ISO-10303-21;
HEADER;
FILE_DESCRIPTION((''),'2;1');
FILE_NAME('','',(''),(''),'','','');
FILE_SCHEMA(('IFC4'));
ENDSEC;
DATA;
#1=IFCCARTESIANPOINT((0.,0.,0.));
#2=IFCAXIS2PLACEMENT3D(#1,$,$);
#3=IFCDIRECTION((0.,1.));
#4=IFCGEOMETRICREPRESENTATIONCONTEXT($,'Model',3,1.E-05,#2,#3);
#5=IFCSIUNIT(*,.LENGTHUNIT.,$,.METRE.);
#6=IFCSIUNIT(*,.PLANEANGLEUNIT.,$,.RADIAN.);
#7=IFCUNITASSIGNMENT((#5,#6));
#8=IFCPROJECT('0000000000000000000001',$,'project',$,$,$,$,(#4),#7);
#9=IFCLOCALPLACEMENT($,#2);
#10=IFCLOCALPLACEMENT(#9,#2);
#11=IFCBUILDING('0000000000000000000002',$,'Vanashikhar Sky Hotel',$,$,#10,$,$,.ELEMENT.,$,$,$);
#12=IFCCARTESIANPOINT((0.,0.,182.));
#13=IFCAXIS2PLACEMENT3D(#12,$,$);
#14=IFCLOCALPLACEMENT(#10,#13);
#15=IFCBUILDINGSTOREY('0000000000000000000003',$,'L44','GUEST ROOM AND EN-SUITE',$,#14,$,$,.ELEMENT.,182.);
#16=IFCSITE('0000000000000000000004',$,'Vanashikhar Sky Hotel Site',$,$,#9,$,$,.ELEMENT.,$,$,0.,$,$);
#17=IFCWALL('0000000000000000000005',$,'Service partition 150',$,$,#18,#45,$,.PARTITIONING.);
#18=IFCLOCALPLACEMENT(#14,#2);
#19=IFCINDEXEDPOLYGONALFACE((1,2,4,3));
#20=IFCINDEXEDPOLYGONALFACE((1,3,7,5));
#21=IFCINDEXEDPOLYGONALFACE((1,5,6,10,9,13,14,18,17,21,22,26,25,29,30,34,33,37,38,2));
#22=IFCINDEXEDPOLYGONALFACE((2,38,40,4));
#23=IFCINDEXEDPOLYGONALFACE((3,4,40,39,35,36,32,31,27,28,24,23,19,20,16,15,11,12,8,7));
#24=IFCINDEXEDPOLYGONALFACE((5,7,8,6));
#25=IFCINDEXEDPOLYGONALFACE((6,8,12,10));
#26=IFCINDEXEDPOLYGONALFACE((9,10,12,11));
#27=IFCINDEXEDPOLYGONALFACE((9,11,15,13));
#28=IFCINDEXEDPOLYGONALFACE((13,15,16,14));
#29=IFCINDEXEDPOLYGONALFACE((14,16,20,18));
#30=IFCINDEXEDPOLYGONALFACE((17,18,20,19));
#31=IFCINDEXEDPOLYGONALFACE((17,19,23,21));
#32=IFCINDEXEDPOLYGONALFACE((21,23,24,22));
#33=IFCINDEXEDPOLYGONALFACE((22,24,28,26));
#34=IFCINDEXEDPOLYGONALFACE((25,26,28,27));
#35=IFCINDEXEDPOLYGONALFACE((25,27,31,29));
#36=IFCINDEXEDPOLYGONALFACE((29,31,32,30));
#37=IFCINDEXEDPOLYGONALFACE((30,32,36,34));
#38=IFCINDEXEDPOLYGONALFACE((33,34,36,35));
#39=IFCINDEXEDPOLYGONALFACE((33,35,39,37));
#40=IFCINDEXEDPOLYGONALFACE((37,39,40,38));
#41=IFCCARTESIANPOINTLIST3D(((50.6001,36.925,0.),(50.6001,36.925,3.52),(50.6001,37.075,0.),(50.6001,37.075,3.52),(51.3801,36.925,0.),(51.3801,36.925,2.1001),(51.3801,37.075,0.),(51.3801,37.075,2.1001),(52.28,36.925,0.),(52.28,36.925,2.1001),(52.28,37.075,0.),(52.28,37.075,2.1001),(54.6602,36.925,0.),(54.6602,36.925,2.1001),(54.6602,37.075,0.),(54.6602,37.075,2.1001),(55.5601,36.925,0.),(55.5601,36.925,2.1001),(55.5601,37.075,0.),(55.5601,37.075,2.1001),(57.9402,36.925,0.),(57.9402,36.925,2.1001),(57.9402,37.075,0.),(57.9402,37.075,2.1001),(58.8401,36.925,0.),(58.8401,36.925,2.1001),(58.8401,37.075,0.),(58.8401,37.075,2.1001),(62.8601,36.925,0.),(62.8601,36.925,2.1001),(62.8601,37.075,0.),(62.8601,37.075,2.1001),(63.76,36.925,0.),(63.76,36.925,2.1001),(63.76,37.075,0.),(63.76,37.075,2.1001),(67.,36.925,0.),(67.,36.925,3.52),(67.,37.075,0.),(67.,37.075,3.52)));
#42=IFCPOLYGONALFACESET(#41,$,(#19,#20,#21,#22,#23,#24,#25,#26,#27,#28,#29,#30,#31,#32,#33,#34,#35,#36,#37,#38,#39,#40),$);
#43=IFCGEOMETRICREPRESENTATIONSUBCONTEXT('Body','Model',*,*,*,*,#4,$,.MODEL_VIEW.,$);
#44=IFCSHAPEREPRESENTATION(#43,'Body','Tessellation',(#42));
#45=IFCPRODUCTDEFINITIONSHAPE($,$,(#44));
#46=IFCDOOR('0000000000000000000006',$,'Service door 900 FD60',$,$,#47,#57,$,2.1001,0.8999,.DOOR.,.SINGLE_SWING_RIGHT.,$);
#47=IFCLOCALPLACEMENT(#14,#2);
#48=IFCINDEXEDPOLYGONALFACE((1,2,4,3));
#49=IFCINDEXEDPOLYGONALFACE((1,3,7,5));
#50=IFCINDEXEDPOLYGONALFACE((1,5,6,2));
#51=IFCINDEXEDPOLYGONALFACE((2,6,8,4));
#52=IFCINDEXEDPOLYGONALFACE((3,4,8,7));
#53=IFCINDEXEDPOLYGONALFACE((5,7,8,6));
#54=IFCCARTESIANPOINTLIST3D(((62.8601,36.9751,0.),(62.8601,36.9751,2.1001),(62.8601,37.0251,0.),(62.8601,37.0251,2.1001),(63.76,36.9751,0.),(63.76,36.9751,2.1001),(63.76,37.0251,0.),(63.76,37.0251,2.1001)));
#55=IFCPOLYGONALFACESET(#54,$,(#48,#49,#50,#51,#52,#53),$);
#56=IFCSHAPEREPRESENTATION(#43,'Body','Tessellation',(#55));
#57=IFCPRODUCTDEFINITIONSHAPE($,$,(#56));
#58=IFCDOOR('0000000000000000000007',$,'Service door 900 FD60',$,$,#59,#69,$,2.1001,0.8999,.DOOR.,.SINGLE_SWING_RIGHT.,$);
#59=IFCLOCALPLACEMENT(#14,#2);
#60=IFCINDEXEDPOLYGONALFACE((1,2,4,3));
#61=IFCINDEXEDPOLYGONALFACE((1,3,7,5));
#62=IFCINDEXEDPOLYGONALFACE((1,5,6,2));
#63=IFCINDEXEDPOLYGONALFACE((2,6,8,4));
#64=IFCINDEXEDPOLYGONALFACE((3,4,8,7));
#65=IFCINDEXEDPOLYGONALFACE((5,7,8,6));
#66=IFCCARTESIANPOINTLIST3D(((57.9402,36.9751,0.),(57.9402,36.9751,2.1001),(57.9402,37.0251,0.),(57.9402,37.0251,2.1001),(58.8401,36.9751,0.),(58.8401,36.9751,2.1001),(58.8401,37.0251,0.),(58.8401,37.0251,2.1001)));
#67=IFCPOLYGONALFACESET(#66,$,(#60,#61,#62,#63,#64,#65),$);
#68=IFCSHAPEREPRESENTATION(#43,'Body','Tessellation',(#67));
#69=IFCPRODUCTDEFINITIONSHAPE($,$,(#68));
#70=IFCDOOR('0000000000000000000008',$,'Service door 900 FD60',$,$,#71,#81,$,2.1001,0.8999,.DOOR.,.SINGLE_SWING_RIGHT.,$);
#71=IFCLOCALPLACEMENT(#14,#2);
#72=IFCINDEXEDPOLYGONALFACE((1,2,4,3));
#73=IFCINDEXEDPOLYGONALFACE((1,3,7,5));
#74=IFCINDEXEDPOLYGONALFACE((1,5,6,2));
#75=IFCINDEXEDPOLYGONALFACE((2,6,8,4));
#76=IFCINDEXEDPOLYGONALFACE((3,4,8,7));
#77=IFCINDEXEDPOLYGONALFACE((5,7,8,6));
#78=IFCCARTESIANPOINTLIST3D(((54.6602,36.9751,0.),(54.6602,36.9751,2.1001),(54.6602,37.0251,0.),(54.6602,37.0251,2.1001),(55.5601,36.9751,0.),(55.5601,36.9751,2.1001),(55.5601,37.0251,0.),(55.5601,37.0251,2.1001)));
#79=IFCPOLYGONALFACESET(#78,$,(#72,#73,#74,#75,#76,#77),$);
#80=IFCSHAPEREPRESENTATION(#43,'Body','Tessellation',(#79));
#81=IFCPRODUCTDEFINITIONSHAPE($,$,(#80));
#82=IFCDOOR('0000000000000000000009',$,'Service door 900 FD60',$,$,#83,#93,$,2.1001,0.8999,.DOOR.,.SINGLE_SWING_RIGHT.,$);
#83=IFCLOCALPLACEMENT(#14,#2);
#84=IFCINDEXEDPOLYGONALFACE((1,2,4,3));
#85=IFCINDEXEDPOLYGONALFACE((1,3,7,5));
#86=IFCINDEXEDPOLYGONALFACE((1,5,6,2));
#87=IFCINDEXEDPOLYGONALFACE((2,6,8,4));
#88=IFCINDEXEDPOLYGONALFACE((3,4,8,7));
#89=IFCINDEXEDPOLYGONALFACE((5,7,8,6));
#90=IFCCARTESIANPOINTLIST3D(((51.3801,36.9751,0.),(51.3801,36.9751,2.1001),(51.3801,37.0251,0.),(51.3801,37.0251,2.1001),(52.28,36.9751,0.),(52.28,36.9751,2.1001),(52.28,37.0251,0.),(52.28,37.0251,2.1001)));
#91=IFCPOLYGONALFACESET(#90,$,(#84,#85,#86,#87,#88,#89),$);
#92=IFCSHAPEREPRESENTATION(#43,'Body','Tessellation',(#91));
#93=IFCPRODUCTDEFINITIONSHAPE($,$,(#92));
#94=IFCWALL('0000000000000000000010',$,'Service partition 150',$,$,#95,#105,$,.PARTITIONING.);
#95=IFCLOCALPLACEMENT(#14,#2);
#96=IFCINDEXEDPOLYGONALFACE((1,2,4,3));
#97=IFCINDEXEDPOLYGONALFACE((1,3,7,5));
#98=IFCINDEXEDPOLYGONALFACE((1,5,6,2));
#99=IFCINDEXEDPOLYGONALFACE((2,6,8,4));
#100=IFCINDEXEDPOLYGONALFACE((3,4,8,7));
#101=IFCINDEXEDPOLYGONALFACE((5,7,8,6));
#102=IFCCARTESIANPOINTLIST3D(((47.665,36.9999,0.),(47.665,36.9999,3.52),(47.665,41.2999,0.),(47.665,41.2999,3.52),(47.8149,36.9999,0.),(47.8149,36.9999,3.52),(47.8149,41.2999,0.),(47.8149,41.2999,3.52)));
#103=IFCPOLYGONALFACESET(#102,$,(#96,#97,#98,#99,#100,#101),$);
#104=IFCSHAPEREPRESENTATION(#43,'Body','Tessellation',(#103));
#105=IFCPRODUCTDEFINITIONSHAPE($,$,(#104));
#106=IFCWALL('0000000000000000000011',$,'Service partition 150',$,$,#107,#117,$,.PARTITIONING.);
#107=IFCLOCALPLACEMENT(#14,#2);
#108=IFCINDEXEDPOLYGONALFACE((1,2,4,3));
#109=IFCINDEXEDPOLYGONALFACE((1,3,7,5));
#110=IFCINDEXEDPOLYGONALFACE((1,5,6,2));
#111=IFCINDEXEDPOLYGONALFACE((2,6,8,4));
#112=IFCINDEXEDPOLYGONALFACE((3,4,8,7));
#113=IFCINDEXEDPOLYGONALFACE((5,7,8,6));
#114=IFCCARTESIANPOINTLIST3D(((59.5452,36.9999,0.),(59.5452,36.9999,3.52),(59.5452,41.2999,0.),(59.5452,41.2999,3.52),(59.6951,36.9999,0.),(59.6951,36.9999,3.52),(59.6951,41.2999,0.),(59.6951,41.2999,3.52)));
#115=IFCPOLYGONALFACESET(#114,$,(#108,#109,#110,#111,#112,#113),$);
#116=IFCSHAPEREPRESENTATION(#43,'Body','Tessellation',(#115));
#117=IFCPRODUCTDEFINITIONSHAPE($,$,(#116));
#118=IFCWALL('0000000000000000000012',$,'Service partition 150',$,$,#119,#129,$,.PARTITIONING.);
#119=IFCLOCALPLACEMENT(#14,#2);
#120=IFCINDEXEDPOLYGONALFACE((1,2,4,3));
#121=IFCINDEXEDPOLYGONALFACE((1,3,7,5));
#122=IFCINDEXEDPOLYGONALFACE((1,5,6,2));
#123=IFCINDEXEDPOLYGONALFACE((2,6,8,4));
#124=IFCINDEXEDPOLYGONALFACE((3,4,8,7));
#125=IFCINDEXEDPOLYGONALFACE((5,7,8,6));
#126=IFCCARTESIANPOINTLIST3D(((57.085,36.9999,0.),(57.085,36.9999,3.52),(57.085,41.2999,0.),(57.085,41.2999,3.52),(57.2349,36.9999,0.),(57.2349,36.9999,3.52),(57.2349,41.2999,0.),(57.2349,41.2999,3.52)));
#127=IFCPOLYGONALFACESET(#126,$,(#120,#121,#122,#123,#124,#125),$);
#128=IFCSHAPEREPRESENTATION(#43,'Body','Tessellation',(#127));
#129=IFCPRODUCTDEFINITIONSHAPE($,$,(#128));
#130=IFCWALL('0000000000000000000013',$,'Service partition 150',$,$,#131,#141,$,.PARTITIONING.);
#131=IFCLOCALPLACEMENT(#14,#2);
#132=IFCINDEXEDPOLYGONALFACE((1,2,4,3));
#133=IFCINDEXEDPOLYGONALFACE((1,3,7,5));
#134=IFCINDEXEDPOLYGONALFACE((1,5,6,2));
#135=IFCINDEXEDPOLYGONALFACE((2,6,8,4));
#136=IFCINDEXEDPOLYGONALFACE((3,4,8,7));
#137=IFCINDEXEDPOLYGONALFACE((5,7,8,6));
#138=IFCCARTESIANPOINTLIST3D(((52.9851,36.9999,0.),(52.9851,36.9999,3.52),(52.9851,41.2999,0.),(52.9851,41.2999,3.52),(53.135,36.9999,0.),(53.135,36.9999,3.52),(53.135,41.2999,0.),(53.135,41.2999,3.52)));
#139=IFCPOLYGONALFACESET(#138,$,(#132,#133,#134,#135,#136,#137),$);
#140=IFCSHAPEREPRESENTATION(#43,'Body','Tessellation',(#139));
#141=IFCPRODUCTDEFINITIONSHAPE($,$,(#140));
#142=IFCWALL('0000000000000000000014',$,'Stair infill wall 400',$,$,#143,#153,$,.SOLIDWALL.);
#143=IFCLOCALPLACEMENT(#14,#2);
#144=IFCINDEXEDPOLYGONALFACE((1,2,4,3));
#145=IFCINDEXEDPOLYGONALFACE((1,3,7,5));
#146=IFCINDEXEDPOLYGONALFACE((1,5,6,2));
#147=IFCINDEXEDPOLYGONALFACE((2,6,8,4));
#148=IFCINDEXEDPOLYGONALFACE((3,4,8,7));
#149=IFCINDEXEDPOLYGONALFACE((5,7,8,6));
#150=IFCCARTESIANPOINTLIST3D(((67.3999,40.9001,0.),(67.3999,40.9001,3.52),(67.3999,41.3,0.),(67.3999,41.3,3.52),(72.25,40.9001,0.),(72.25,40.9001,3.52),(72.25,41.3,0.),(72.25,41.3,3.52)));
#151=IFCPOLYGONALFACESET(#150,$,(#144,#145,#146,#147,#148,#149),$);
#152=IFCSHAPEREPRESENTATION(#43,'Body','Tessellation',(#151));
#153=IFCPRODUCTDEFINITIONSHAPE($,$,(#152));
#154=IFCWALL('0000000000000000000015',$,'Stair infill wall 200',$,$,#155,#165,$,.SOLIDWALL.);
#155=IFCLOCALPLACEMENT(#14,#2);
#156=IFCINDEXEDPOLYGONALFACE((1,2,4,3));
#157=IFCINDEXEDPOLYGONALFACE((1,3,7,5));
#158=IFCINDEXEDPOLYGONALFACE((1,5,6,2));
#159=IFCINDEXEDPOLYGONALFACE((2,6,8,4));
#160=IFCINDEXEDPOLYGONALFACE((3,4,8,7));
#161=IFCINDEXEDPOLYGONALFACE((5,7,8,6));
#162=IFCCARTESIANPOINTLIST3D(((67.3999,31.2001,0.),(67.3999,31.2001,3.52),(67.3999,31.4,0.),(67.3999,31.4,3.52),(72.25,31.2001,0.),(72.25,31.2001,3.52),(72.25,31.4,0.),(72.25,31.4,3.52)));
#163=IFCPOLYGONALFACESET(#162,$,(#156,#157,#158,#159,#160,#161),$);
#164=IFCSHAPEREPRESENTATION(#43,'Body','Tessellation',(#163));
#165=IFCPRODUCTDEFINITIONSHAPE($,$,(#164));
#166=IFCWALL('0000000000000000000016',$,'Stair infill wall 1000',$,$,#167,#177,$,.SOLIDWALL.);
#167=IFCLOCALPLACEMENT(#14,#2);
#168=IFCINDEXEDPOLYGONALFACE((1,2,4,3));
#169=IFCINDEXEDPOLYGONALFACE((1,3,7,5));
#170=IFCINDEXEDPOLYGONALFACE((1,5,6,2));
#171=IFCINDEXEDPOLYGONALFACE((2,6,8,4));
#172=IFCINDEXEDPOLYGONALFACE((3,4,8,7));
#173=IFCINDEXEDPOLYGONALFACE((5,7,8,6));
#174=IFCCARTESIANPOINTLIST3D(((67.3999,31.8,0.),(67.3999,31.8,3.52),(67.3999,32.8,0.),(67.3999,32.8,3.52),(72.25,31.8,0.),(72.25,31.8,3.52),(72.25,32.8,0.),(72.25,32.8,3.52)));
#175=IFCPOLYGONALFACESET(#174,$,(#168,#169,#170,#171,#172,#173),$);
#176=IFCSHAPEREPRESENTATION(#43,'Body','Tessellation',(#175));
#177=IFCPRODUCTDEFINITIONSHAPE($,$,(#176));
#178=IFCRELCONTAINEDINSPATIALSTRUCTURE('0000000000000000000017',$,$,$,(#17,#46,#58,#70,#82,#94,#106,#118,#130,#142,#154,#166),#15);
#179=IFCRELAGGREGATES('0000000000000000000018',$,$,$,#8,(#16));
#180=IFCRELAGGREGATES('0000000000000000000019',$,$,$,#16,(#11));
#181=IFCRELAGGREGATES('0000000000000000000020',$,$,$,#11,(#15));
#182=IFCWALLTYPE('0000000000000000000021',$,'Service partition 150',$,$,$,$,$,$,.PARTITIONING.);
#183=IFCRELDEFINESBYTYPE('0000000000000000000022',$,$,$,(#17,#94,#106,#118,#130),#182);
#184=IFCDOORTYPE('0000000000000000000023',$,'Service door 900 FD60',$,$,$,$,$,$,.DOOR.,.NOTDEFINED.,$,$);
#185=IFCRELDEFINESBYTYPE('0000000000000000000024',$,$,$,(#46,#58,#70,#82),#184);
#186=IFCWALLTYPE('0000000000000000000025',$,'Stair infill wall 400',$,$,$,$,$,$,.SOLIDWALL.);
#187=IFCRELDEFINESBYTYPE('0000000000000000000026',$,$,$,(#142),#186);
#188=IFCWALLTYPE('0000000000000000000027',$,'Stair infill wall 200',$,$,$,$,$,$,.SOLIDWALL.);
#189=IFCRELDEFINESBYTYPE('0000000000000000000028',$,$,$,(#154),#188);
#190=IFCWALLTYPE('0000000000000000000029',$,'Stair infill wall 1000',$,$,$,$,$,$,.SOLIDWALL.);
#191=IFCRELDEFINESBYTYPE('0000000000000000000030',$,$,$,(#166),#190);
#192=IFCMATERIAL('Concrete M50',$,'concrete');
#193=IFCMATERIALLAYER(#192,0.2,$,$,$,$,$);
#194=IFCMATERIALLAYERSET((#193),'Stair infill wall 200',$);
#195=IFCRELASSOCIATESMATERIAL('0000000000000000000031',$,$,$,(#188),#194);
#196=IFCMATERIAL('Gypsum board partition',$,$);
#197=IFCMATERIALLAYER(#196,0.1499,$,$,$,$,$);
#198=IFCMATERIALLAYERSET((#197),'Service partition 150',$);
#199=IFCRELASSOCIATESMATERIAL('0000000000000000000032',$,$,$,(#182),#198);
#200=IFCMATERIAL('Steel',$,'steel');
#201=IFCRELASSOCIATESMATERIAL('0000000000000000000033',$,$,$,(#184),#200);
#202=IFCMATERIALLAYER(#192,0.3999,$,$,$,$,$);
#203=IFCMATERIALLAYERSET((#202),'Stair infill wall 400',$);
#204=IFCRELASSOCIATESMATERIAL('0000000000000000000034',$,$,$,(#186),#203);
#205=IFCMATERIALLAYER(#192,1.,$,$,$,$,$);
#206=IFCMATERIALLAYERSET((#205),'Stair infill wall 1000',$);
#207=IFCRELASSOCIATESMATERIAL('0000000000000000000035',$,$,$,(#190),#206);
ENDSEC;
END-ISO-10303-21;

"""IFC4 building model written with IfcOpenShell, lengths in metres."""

from ifc_helpers import new_model, si_unit, direction, frame, frame_2d, origin, place, context, subcontext, project, spatial, rectangle, extrude, source, transform, mapped, material, layer, layer_set, type_object, element, fill, save


model = new_model("IFC4")

# Units and contexts
model_context = context("Model", 3, precision=1e-05, world=origin(), true_north=direction((0.0, 1.0)))
body_context = subcontext(model_context, "Body", "Model", "MODEL_VIEW")
ifc_project = project(units=[si_unit("LENGTHUNIT", "METRE"), si_unit("PLANEANGLEUNIT", "RADIAN")], contexts=[model_context])

# Site, building, storey
site_placement = place(None, origin())
site = spatial("IfcSite", under=ifc_project, at=site_placement, Name="Vanashikhar Sky Hotel Site", CompositionType="ELEMENT", RefElevation=0.0)
building_placement = place(site_placement, origin())
building = spatial("IfcBuilding", under=site, at=building_placement, Name="Vanashikhar Sky Hotel", CompositionType="ELEMENT")
storey_placement = place(building_placement, frame((0.0, 0.0, 182.0)))
storey = spatial("IfcBuildingStorey", under=building, at=storey_placement, Name="L44", Description="GUEST ROOM AND EN-SUITE", CompositionType="ELEMENT", Elevation=182.0)

# Shared definitions
ifc_material_1 = material(Name="Steel", Category="steel")

# Shared definitions
ifc_material_2 = material(Name="Concrete M50", Category="concrete")
ifc_layer_1 = layer(ifc_material_2, 0.2)
ifc_layer_set_1 = layer_set([ifc_layer_1], Name="Stair infill wall 200")
wall_type_1 = type_object("IfcWallType", Name="Stair infill wall 200", PredefinedType="SOLIDWALL", material=ifc_layer_set_1)
ifc_material_3 = material(Name="Gypsum board partition")
ifc_layer_2 = layer(ifc_material_3, 0.1499)
ifc_layer_set_2 = layer_set([ifc_layer_2], Name="Service partition 150")
wall_type_2 = type_object("IfcWallType", Name="Service partition 150", PredefinedType="PARTITIONING", material=ifc_layer_set_2)

# Shared definitions
shared_shape_1 = source(origin(), body_context, "Body", "SweptSolid", [
    extrude(rectangle(XDim=0.8999, YDim=2.1001, at=frame_2d((0.45, 1.05))), frame((0.0, 0.085, 0.0), z_axis=(0.0, -1.0, 0.0), x_axis=(1.0, 0.0, 0.0)), (0.0, 0.0, 1.0), 0.1699),
])
door_type_1 = type_object("IfcDoorType", Name="Service door 900 FD60", OperationType="NOTDEFINED", PredefinedType="DOOR", material=ifc_material_1)
shared_shape_2 = source(origin(), body_context, "Body", "SweptSolid", [
    extrude(rectangle(XDim=0.8999, YDim=2.1001, at=frame_2d((0.45, 1.05))), frame((0.0, 0.0249, 0.0), z_axis=(0.0, -1.0, 0.0), x_axis=(1.0, 0.0, 0.0)), (0.0, 0.0, 1.0), 0.05),
])

# Wall, openings, doors
shared_shape_3 = source(origin(), body_context, "Body", "SweptSolid", [
    extrude(rectangle(XDim=16.3999, YDim=0.1499, at=frame_2d((8.2, 0.0))), origin(), (0.0, 0.0, 1.0), 3.52),
])
wall_1_placement = place(storey_placement, frame((67.0, 37.0, 0.0), z_axis=(0.0, 0.0, 1.0), x_axis=(-1.0, 0.0, 0.0)))
wall_1 = element("IfcWall", 1, at=wall_1_placement, inside=storey, type_object=wall_type_2, Name="Service partition 150", PredefinedType="PARTITIONING", context=body_context, shape_type="MappedRepresentation", body=[
    mapped(shared_shape_3, transform((0.0, 0.0, 0.0), scale=1.0)),
])
opening_1_placement = place(wall_1_placement, frame((3.24, 0.0, 0.0)))
opening_1 = element("IfcOpeningElement", 2, at=opening_1_placement, cuts=wall_1, PredefinedType="OPENING", context=body_context, shape_type="MappedRepresentation", body=[
    mapped(shared_shape_1, transform((0.0, 0.0, 0.0), scale=1.0)),
])
opening_2_placement = place(wall_1_placement, frame((8.1599, 0.0, 0.0)))
opening_2 = element("IfcOpeningElement", 3, at=opening_2_placement, cuts=wall_1, PredefinedType="OPENING", context=body_context, shape_type="MappedRepresentation", body=[
    mapped(shared_shape_1, transform((0.0, 0.0, 0.0), scale=1.0)),
])
opening_3_placement = place(wall_1_placement, frame((11.4399, 0.0, 0.0)))
opening_3 = element("IfcOpeningElement", 4, at=opening_3_placement, cuts=wall_1, PredefinedType="OPENING", context=body_context, shape_type="MappedRepresentation", body=[
    mapped(shared_shape_1, transform((0.0, 0.0, 0.0), scale=1.0)),
])
opening_4_placement = place(wall_1_placement, frame((14.72, 0.0, 0.0)))
opening_4 = element("IfcOpeningElement", 5, at=opening_4_placement, cuts=wall_1, PredefinedType="OPENING", context=body_context, shape_type="MappedRepresentation", body=[
    mapped(shared_shape_1, transform((0.0, 0.0, 0.0), scale=1.0)),
])
door_1_placement = place(opening_1_placement, origin())
door_1 = element("IfcDoor", 6, at=door_1_placement, inside=storey, type_object=door_type_1, Name="Service door 900 FD60", OperationType="SINGLE_SWING_RIGHT", OverallHeight=2.1001, OverallWidth=0.8999, PredefinedType="DOOR", context=body_context, shape_type="MappedRepresentation", body=[
    mapped(shared_shape_2, transform((0.0, 0.0, 0.0), scale=1.0)),
])
fill(opening_1, door_1)
door_2_placement = place(opening_2_placement, origin())
door_2 = element("IfcDoor", 7, at=door_2_placement, inside=storey, type_object=door_type_1, Name="Service door 900 FD60", OperationType="SINGLE_SWING_RIGHT", OverallHeight=2.1001, OverallWidth=0.8999, PredefinedType="DOOR", context=body_context, shape_type="MappedRepresentation", body=[
    mapped(shared_shape_2, transform((0.0, 0.0, 0.0), scale=1.0)),
])
fill(opening_2, door_2)
door_3_placement = place(opening_3_placement, origin())
door_3 = element("IfcDoor", 8, at=door_3_placement, inside=storey, type_object=door_type_1, Name="Service door 900 FD60", OperationType="SINGLE_SWING_RIGHT", OverallHeight=2.1001, OverallWidth=0.8999, PredefinedType="DOOR", context=body_context, shape_type="MappedRepresentation", body=[
    mapped(shared_shape_2, transform((0.0, 0.0, 0.0), scale=1.0)),
])
fill(opening_3, door_3)
door_4_placement = place(opening_4_placement, origin())
door_4 = element("IfcDoor", 9, at=door_4_placement, inside=storey, type_object=door_type_1, Name="Service door 900 FD60", OperationType="SINGLE_SWING_RIGHT", OverallHeight=2.1001, OverallWidth=0.8999, PredefinedType="DOOR", context=body_context, shape_type="MappedRepresentation", body=[
    mapped(shared_shape_2, transform((0.0, 0.0, 0.0), scale=1.0)),
])
fill(opening_4, door_4)

# Walls
shared_shape_4 = source(origin(), body_context, "Body", "SweptSolid", [
    extrude(rectangle(XDim=4.3, YDim=0.1499, at=frame_2d((2.1499, 0.0))), origin(), (0.0, 0.0, 1.0), 3.52),
])
for number, where, z_axis, x_axis, name in (
    (10, (47.74, 37.0, 0.0), (0.0, 0.0, 1.0), (0.0, 1.0, 0.0), "Service partition 150"),
    (11, (59.6201, 37.0, 0.0), (0.0, 0.0, 1.0), (0.0, 1.0, 0.0), "Service partition 150"),
    (12, (57.1599, 37.0, 0.0), (0.0, 0.0, 1.0), (0.0, 1.0, 0.0), "Service partition 150"),
    (13, (53.0601, 37.0, 0.0), (0.0, 0.0, 1.0), (0.0, 1.0, 0.0), "Service partition 150"),
):
    element("IfcWall", number, at=place(storey_placement, frame(where, z_axis=z_axis, x_axis=x_axis)), inside=storey, type_object=wall_type_2, Name=name, PredefinedType="PARTITIONING", context=body_context, shape_type="MappedRepresentation", body=[
        mapped(shared_shape_4, transform((0.0, 0.0, 0.0), scale=1.0)),
    ])
ifc_layer_3 = layer(ifc_material_2, 0.3999)
ifc_layer_set_3 = layer_set([ifc_layer_3], Name="Stair infill wall 400")
wall_type_3 = type_object("IfcWallType", Name="Stair infill wall 400", PredefinedType="SOLIDWALL", material=ifc_layer_set_3)
shared_shape_5 = source(origin(), body_context, "Body", "SweptSolid", [
    extrude(rectangle(XDim=4.8501, YDim=0.3999, at=frame_2d((2.425, 0.0))), origin(), (0.0, 0.0, 1.0), 3.52),
])
wall_2_placement = place(storey_placement, frame((67.3999, 41.1001, 0.0), z_axis=(0.0, 0.0, 1.0), x_axis=(1.0, 0.0, 0.0)))
element("IfcWall", 14, at=wall_2_placement, inside=storey, type_object=wall_type_3, Name="Stair infill wall 400", PredefinedType="SOLIDWALL", context=body_context, shape_type="MappedRepresentation", body=[
    mapped(shared_shape_5, transform((0.0, 0.0, 0.0), scale=1.0)),
])
shared_shape_6 = source(origin(), body_context, "Body", "SweptSolid", [
    extrude(rectangle(XDim=4.8501, YDim=0.2, at=frame_2d((2.425, 0.0))), origin(), (0.0, 0.0, 1.0), 3.52),
])
wall_3_placement = place(storey_placement, frame((67.3999, 31.3, 0.0), z_axis=(0.0, 0.0, 1.0), x_axis=(1.0, 0.0, 0.0)))
element("IfcWall", 15, at=wall_3_placement, inside=storey, type_object=wall_type_1, Name="Stair infill wall 200", PredefinedType="SOLIDWALL", context=body_context, shape_type="MappedRepresentation", body=[
    mapped(shared_shape_6, transform((0.0, 0.0, 0.0), scale=1.0)),
])
ifc_layer_4 = layer(ifc_material_2, 1.0)
ifc_layer_set_4 = layer_set([ifc_layer_4], Name="Stair infill wall 1000")
wall_type_4 = type_object("IfcWallType", Name="Stair infill wall 1000", PredefinedType="SOLIDWALL", material=ifc_layer_set_4)
shared_shape_7 = source(origin(), body_context, "Body", "SweptSolid", [
    extrude(rectangle(XDim=4.8501, YDim=1.0, at=frame_2d((2.425, 0.0))), origin(), (0.0, 0.0, 1.0), 3.52),
])
wall_4_placement = place(storey_placement, frame((67.3999, 32.3, 0.0), z_axis=(0.0, 0.0, 1.0), x_axis=(1.0, 0.0, 0.0)))
element("IfcWall", 16, at=wall_4_placement, inside=storey, type_object=wall_type_4, Name="Stair infill wall 1000", PredefinedType="SOLIDWALL", context=body_context, shape_type="MappedRepresentation", body=[
    mapped(shared_shape_7, transform((0.0, 0.0, 0.0), scale=1.0)),
])

save(model, "model.ifc")
